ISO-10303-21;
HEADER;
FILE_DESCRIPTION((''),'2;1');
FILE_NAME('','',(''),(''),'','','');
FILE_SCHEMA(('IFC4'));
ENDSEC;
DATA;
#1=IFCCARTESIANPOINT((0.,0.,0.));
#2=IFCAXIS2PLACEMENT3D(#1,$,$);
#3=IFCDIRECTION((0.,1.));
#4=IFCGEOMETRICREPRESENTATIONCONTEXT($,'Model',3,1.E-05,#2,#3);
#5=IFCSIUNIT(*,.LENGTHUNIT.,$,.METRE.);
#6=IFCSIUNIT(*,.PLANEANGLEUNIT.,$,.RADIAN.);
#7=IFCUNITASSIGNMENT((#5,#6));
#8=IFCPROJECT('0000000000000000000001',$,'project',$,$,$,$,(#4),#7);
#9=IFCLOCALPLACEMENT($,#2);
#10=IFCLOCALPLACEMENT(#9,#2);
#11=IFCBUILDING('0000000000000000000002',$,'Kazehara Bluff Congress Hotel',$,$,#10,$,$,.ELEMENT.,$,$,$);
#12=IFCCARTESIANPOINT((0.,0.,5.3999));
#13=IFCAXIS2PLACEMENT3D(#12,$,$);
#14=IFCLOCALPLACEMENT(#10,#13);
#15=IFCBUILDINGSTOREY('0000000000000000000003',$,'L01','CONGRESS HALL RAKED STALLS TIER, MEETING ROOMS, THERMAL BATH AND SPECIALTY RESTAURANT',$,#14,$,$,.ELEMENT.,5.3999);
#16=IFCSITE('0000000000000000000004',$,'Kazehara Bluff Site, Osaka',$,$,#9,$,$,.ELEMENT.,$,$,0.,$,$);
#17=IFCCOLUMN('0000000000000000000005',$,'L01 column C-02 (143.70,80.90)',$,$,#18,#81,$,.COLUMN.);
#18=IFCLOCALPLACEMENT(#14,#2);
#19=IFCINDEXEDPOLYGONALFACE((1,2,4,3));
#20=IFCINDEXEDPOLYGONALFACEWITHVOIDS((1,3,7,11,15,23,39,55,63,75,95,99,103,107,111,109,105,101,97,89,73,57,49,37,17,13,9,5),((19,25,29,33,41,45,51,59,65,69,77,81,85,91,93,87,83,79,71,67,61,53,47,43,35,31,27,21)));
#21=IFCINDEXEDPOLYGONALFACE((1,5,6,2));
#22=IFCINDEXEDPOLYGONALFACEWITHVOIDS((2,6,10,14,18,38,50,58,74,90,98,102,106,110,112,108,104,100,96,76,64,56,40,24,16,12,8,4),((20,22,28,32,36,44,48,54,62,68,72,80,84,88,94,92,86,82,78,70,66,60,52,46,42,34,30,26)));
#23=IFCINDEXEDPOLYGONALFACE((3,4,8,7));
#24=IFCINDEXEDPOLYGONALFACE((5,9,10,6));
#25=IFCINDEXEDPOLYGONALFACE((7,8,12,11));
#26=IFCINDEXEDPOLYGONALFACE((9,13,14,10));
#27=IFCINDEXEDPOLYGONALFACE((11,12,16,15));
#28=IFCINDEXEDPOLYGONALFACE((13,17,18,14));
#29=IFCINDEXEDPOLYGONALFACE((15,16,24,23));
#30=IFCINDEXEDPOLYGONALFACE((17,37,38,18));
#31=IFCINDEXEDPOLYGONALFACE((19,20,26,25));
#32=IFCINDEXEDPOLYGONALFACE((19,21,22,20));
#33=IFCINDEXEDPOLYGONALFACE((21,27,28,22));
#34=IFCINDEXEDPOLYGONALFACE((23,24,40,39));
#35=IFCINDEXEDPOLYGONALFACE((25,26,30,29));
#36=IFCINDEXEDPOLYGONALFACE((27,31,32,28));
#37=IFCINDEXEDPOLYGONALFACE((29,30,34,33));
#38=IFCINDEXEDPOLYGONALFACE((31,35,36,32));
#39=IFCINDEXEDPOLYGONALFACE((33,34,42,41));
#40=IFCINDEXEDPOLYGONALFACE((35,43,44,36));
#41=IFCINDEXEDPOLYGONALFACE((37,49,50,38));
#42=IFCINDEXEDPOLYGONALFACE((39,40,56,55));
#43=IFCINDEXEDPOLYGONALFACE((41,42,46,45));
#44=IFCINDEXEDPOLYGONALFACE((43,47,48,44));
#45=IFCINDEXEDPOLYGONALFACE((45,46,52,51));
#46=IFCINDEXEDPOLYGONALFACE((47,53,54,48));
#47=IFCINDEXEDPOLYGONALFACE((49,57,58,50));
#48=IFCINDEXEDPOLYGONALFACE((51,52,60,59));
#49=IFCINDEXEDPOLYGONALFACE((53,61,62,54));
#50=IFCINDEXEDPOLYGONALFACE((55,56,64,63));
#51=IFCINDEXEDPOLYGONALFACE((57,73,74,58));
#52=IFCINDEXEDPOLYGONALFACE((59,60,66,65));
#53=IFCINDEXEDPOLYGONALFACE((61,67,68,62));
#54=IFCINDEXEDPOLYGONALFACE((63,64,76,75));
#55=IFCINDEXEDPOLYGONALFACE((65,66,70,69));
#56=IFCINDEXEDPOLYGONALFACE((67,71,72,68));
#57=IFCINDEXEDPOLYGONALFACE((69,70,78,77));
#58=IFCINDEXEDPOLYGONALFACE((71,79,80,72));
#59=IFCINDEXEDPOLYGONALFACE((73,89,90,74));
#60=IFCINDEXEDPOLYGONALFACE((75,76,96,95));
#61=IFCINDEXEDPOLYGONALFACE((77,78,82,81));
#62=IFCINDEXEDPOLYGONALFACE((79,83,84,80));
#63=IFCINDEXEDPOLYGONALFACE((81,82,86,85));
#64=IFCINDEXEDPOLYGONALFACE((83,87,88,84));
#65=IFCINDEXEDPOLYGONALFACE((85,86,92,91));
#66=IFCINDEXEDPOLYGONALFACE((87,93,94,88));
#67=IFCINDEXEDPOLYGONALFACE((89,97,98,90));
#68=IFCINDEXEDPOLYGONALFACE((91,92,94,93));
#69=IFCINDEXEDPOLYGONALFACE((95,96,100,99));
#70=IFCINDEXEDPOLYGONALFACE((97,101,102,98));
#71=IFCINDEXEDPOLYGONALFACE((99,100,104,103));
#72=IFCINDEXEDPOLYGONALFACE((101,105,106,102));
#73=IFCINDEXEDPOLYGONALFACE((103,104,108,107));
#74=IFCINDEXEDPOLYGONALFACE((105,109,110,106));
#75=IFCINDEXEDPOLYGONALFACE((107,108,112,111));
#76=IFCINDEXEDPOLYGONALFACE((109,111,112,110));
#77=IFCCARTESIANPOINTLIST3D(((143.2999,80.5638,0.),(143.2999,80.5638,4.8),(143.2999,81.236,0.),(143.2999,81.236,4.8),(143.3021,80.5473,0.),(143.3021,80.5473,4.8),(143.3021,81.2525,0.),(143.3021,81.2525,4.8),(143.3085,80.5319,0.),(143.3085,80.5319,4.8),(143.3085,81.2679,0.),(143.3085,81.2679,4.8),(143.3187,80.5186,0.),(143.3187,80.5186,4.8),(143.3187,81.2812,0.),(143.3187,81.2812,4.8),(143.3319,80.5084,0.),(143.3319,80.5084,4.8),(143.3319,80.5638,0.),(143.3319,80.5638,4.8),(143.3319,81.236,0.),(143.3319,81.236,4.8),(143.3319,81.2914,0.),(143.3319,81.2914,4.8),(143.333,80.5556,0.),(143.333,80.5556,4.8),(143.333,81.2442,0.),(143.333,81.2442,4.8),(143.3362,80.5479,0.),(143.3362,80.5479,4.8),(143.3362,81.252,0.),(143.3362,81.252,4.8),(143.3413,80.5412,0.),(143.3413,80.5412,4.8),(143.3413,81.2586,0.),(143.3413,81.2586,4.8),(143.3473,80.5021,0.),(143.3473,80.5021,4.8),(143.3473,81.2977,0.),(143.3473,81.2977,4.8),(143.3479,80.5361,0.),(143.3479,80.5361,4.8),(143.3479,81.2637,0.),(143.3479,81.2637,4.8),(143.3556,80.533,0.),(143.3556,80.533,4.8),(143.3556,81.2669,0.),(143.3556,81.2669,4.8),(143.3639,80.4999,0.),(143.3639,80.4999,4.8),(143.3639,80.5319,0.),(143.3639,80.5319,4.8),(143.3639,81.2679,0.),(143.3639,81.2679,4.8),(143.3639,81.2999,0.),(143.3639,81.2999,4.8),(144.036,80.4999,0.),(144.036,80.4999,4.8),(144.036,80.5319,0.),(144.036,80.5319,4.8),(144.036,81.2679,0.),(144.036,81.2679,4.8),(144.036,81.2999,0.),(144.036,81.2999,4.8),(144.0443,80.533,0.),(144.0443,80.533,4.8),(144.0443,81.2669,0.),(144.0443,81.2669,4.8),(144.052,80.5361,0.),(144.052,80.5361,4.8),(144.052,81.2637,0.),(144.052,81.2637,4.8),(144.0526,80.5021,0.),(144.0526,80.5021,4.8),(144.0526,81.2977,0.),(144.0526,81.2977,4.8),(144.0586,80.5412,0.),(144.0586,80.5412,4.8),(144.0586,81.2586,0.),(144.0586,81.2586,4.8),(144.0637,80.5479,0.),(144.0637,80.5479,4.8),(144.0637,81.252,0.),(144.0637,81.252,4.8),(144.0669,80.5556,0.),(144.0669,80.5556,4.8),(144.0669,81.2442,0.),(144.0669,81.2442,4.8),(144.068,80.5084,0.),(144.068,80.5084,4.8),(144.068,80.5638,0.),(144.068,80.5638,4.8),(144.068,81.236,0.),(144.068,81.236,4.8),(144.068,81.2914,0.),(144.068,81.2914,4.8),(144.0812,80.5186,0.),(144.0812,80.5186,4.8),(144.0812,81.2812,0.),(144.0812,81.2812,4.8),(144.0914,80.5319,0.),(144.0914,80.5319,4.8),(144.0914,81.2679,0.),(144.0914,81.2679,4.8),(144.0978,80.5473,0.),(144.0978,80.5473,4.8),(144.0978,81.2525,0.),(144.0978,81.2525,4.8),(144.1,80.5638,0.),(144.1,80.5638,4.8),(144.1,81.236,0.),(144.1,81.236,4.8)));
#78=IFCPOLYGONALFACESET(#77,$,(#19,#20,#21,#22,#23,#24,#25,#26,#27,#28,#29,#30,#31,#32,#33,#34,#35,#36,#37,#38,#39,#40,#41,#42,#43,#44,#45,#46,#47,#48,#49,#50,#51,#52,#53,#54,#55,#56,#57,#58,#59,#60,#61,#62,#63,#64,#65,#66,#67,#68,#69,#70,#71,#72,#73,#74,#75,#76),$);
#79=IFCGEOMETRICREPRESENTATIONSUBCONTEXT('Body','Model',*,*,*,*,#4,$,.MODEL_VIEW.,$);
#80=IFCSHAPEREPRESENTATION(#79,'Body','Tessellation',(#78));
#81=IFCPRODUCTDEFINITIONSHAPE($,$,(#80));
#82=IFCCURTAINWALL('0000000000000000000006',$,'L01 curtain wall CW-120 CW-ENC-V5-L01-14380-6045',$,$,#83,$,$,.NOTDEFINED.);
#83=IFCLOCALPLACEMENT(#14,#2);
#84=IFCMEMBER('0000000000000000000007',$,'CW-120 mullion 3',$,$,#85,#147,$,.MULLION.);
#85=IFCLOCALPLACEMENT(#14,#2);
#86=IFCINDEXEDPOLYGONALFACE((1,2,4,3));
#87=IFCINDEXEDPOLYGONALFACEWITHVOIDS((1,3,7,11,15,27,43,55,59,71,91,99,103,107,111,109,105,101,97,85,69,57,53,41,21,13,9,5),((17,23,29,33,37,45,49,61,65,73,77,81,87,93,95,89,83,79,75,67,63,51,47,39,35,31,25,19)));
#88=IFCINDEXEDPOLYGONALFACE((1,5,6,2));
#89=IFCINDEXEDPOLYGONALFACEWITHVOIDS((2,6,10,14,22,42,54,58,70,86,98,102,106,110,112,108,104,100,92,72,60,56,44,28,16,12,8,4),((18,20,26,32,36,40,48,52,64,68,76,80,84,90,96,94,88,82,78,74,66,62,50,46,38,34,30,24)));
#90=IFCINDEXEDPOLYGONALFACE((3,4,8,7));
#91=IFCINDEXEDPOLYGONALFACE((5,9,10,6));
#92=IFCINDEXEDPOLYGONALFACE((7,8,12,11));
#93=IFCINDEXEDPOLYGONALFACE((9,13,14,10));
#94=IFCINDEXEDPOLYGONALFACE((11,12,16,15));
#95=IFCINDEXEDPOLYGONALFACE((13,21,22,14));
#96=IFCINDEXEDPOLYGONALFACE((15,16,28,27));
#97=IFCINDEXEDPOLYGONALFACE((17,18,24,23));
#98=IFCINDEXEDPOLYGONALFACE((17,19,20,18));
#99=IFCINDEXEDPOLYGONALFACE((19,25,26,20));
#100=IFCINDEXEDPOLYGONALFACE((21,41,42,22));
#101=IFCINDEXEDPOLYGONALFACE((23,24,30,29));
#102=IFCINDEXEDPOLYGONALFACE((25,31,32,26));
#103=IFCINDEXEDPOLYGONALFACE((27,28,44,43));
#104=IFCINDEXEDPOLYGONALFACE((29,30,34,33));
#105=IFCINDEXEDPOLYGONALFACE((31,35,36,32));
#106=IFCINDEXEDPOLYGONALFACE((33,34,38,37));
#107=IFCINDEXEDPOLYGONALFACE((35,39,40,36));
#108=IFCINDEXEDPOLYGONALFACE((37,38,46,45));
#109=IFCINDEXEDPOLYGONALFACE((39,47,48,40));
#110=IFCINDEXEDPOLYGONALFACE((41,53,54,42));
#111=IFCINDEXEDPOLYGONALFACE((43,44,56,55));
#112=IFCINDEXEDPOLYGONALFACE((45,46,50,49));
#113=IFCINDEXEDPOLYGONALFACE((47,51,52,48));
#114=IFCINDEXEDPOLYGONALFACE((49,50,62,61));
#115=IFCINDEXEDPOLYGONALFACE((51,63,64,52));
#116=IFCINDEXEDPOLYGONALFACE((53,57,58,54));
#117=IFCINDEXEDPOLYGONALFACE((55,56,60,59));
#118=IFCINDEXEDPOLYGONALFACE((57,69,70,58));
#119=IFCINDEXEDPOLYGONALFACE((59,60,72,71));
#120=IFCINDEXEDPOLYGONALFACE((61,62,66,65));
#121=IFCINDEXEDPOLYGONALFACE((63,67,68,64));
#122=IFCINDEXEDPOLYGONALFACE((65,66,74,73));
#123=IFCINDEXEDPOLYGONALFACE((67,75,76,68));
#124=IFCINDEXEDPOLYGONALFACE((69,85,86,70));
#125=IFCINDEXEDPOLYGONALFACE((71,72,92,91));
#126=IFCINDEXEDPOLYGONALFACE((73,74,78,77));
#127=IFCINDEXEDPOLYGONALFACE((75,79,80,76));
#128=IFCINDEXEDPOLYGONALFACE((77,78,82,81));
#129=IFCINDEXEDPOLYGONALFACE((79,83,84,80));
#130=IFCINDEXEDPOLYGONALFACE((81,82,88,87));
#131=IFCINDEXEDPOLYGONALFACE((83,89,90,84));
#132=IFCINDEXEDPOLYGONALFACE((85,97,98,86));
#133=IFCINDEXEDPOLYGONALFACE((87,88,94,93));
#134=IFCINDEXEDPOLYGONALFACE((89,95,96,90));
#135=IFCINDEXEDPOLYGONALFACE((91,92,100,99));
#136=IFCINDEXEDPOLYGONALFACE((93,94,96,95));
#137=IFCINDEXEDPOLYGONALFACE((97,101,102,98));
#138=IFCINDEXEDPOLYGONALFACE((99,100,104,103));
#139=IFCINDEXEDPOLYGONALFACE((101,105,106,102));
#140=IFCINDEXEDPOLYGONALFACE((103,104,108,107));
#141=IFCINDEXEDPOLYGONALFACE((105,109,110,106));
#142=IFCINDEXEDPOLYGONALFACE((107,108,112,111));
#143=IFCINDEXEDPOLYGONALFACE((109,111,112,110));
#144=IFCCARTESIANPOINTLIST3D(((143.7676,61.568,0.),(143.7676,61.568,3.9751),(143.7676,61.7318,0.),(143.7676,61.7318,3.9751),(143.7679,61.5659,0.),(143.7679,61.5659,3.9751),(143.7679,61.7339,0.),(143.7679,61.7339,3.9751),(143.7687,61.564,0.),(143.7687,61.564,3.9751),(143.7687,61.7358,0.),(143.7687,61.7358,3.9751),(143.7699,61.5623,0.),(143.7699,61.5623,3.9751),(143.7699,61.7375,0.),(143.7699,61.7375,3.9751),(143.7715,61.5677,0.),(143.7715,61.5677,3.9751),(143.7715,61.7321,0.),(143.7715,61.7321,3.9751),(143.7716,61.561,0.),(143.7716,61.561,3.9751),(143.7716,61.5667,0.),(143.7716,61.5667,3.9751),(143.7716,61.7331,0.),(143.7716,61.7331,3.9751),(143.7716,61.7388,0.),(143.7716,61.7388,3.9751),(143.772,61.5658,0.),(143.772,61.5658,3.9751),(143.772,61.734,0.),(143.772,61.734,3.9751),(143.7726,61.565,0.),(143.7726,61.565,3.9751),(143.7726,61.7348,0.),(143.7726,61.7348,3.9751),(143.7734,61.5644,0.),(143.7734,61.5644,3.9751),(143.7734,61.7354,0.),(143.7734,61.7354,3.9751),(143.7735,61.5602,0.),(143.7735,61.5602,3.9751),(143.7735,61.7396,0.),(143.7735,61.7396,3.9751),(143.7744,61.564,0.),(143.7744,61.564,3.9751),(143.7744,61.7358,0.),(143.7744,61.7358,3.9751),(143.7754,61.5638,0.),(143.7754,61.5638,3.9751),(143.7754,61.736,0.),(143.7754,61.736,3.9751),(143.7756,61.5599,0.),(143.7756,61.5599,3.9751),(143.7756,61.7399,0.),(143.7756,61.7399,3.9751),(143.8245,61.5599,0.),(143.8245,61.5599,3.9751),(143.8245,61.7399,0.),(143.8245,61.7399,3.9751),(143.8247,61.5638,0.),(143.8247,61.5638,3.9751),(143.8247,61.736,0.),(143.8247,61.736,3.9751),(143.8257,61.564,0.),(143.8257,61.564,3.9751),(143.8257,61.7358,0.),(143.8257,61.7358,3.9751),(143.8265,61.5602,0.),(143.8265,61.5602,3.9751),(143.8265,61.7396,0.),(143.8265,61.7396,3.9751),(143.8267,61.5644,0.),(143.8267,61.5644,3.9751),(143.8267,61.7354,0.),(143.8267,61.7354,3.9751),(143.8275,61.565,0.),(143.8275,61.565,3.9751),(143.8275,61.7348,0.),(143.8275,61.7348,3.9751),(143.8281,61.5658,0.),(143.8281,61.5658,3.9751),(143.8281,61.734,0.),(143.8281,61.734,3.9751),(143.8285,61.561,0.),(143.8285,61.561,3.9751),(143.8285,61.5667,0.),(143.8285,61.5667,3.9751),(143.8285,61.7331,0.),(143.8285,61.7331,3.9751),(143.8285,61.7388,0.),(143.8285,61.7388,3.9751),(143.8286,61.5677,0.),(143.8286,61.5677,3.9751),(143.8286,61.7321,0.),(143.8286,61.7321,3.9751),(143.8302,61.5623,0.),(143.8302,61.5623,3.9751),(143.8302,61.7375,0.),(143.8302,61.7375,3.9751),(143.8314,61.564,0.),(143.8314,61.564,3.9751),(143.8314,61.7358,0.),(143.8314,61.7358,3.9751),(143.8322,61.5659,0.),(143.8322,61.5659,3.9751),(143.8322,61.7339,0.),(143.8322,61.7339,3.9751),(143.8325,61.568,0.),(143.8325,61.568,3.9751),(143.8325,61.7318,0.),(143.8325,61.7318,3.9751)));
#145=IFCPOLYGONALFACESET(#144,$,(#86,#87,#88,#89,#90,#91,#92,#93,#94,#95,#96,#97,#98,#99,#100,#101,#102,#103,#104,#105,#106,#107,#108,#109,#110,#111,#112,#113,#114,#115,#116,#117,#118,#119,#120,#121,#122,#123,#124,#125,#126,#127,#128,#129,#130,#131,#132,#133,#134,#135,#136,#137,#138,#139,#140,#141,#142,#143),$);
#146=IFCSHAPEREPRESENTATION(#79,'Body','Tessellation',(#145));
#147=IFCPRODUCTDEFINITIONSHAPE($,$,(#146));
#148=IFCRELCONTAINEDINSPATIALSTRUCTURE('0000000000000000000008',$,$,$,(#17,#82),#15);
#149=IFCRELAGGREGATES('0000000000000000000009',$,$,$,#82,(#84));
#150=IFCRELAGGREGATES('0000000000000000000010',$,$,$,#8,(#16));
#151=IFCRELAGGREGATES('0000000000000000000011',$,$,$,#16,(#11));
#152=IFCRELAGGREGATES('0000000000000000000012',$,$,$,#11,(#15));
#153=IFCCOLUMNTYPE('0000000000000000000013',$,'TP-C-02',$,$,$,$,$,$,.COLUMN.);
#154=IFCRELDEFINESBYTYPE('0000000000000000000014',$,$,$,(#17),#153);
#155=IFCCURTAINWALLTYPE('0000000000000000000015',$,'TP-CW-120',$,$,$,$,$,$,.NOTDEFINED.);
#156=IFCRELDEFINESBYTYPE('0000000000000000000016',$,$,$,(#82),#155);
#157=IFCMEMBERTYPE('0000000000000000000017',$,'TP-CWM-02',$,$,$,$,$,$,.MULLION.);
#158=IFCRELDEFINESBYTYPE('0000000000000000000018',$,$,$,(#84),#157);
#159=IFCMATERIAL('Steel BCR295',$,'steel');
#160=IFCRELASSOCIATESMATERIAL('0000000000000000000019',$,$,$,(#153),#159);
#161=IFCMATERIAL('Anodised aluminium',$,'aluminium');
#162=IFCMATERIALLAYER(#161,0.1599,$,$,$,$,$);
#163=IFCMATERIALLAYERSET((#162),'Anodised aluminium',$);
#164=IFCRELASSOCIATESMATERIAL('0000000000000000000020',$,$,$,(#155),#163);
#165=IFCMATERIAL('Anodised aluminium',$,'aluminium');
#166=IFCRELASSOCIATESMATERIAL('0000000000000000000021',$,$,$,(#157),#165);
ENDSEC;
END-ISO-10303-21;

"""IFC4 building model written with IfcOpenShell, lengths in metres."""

from ifc_helpers import new_model, si_unit, direction, frame, origin, origin_2d, place, context, subcontext, project, spatial, hollow_rectangle, extrude, material, layer, layer_set, material_profile, profile_set, type_object, element, aggregate, save


model = new_model("IFC4")

# Units and contexts
model_context = context("Model", 3, precision=1e-05, world=origin(), true_north=direction((0.0, 1.0)))
body_context = subcontext(model_context, "Body", "Model", "MODEL_VIEW")
ifc_project = project(units=[si_unit("LENGTHUNIT", "METRE"), si_unit("PLANEANGLEUNIT", "RADIAN")], contexts=[model_context])

# Site, building, storey
site_placement = place(None, origin())
site = spatial("IfcSite", under=ifc_project, at=site_placement, Name="Kazehara Bluff Site, Osaka", CompositionType="ELEMENT", RefElevation=0.0)
building_placement = place(site_placement, origin())
building = spatial("IfcBuilding", under=site, at=building_placement, Name="Kazehara Bluff Congress Hotel", CompositionType="ELEMENT")
storey_placement = place(building_placement, frame((0.0, 0.0, 5.3999)))
storey = spatial("IfcBuildingStorey", under=building, at=storey_placement, Name="L01", Description="CONGRESS HALL RAKED STALLS TIER, MEETING ROOMS, THERMAL BATH AND SPECIALTY RESTAURANT", CompositionType="ELEMENT", Elevation=5.3999)

# Column
ifc_material_1 = material(Name="Steel BCR295", Category="steel")
ifc_material_profile_1 = material_profile(ifc_material_1, hollow_rectangle(XDim=0.8, YDim=0.8, WallThickness=0.032, InnerFilletRadius=0.032, OuterFilletRadius=0.064, at=origin_2d()))
ifc_profile_set_1 = profile_set([ifc_material_profile_1], Name="Steel BCR295")
column_type = type_object("IfcColumnType", Name="TP-C-02", PredefinedType="COLUMN", material=ifc_profile_set_1)
column_placement = place(storey_placement, frame((143.7, 80.8999, 0.0), z_axis=(0.0, 0.0, 1.0), x_axis=(1.0, 0.0, 0.0)))
element("IfcColumn", 1, at=column_placement, inside=storey, type_object=column_type, Name="L01 column C-02 (143.70,80.90)", PredefinedType="COLUMN", context=body_context, shape_type="SweptSolid", body=[
    extrude(hollow_rectangle(XDim=0.8, YDim=0.8, WallThickness=0.032, InnerFilletRadius=0.032, OuterFilletRadius=0.064, at=origin_2d()), origin(), (0.0, 0.0, 1.0), 4.8),
])

# Curtain wall, member
ifc_material_2 = material(Name="Anodised aluminium", Category="aluminium")
ifc_layer_1 = layer(ifc_material_2, 0.1599)
ifc_layer_set_1 = layer_set([ifc_layer_1], Name="Anodised aluminium")
curtain_wall_type_1 = type_object("IfcCurtainWallType", Name="TP-CW-120", PredefinedType="NOTDEFINED", material=ifc_layer_set_1)
curtain_wall_1_placement = place(storey_placement, origin())
curtain_wall_1 = element("IfcCurtainWall", 2, at=curtain_wall_1_placement, inside=storey, type_object=curtain_wall_type_1, Name="L01 curtain wall CW-120 CW-ENC-V5-L01-14380-6045", PredefinedType="NOTDEFINED")
ifc_material_3 = material(Name="Anodised aluminium", Category="aluminium")
ifc_material_profile_2 = material_profile(ifc_material_3, hollow_rectangle(XDim=0.0649, YDim=0.1799, WallThickness=0.0039, InnerFilletRadius=0.0039, OuterFilletRadius=0.0081, at=origin_2d()))
ifc_profile_set_2 = profile_set([ifc_material_profile_2], Name="Anodised aluminium")
member_type_1 = type_object("IfcMemberType", Name="TP-CWM-02", PredefinedType="MULLION", material=ifc_profile_set_2)
member_1_placement = place(storey_placement, frame((143.8, 61.6499, 0.0), z_axis=(0.0, 0.0, 1.0), x_axis=(-1.0, 0.0, 0.0)))
member_1 = element("IfcMember", 3, at=member_1_placement, type_object=member_type_1, Name="CW-120 mullion 3", PredefinedType="MULLION", context=body_context, shape_type="SweptSolid", body=[
    extrude(hollow_rectangle(XDim=0.0649, YDim=0.1799, WallThickness=0.0039, InnerFilletRadius=0.0039, OuterFilletRadius=0.0081, at=origin_2d()), origin(), (0.0, 0.0, 1.0), 3.9751),
])

aggregate(curtain_wall_1, [member_1])

save(model, "model.ifc")
